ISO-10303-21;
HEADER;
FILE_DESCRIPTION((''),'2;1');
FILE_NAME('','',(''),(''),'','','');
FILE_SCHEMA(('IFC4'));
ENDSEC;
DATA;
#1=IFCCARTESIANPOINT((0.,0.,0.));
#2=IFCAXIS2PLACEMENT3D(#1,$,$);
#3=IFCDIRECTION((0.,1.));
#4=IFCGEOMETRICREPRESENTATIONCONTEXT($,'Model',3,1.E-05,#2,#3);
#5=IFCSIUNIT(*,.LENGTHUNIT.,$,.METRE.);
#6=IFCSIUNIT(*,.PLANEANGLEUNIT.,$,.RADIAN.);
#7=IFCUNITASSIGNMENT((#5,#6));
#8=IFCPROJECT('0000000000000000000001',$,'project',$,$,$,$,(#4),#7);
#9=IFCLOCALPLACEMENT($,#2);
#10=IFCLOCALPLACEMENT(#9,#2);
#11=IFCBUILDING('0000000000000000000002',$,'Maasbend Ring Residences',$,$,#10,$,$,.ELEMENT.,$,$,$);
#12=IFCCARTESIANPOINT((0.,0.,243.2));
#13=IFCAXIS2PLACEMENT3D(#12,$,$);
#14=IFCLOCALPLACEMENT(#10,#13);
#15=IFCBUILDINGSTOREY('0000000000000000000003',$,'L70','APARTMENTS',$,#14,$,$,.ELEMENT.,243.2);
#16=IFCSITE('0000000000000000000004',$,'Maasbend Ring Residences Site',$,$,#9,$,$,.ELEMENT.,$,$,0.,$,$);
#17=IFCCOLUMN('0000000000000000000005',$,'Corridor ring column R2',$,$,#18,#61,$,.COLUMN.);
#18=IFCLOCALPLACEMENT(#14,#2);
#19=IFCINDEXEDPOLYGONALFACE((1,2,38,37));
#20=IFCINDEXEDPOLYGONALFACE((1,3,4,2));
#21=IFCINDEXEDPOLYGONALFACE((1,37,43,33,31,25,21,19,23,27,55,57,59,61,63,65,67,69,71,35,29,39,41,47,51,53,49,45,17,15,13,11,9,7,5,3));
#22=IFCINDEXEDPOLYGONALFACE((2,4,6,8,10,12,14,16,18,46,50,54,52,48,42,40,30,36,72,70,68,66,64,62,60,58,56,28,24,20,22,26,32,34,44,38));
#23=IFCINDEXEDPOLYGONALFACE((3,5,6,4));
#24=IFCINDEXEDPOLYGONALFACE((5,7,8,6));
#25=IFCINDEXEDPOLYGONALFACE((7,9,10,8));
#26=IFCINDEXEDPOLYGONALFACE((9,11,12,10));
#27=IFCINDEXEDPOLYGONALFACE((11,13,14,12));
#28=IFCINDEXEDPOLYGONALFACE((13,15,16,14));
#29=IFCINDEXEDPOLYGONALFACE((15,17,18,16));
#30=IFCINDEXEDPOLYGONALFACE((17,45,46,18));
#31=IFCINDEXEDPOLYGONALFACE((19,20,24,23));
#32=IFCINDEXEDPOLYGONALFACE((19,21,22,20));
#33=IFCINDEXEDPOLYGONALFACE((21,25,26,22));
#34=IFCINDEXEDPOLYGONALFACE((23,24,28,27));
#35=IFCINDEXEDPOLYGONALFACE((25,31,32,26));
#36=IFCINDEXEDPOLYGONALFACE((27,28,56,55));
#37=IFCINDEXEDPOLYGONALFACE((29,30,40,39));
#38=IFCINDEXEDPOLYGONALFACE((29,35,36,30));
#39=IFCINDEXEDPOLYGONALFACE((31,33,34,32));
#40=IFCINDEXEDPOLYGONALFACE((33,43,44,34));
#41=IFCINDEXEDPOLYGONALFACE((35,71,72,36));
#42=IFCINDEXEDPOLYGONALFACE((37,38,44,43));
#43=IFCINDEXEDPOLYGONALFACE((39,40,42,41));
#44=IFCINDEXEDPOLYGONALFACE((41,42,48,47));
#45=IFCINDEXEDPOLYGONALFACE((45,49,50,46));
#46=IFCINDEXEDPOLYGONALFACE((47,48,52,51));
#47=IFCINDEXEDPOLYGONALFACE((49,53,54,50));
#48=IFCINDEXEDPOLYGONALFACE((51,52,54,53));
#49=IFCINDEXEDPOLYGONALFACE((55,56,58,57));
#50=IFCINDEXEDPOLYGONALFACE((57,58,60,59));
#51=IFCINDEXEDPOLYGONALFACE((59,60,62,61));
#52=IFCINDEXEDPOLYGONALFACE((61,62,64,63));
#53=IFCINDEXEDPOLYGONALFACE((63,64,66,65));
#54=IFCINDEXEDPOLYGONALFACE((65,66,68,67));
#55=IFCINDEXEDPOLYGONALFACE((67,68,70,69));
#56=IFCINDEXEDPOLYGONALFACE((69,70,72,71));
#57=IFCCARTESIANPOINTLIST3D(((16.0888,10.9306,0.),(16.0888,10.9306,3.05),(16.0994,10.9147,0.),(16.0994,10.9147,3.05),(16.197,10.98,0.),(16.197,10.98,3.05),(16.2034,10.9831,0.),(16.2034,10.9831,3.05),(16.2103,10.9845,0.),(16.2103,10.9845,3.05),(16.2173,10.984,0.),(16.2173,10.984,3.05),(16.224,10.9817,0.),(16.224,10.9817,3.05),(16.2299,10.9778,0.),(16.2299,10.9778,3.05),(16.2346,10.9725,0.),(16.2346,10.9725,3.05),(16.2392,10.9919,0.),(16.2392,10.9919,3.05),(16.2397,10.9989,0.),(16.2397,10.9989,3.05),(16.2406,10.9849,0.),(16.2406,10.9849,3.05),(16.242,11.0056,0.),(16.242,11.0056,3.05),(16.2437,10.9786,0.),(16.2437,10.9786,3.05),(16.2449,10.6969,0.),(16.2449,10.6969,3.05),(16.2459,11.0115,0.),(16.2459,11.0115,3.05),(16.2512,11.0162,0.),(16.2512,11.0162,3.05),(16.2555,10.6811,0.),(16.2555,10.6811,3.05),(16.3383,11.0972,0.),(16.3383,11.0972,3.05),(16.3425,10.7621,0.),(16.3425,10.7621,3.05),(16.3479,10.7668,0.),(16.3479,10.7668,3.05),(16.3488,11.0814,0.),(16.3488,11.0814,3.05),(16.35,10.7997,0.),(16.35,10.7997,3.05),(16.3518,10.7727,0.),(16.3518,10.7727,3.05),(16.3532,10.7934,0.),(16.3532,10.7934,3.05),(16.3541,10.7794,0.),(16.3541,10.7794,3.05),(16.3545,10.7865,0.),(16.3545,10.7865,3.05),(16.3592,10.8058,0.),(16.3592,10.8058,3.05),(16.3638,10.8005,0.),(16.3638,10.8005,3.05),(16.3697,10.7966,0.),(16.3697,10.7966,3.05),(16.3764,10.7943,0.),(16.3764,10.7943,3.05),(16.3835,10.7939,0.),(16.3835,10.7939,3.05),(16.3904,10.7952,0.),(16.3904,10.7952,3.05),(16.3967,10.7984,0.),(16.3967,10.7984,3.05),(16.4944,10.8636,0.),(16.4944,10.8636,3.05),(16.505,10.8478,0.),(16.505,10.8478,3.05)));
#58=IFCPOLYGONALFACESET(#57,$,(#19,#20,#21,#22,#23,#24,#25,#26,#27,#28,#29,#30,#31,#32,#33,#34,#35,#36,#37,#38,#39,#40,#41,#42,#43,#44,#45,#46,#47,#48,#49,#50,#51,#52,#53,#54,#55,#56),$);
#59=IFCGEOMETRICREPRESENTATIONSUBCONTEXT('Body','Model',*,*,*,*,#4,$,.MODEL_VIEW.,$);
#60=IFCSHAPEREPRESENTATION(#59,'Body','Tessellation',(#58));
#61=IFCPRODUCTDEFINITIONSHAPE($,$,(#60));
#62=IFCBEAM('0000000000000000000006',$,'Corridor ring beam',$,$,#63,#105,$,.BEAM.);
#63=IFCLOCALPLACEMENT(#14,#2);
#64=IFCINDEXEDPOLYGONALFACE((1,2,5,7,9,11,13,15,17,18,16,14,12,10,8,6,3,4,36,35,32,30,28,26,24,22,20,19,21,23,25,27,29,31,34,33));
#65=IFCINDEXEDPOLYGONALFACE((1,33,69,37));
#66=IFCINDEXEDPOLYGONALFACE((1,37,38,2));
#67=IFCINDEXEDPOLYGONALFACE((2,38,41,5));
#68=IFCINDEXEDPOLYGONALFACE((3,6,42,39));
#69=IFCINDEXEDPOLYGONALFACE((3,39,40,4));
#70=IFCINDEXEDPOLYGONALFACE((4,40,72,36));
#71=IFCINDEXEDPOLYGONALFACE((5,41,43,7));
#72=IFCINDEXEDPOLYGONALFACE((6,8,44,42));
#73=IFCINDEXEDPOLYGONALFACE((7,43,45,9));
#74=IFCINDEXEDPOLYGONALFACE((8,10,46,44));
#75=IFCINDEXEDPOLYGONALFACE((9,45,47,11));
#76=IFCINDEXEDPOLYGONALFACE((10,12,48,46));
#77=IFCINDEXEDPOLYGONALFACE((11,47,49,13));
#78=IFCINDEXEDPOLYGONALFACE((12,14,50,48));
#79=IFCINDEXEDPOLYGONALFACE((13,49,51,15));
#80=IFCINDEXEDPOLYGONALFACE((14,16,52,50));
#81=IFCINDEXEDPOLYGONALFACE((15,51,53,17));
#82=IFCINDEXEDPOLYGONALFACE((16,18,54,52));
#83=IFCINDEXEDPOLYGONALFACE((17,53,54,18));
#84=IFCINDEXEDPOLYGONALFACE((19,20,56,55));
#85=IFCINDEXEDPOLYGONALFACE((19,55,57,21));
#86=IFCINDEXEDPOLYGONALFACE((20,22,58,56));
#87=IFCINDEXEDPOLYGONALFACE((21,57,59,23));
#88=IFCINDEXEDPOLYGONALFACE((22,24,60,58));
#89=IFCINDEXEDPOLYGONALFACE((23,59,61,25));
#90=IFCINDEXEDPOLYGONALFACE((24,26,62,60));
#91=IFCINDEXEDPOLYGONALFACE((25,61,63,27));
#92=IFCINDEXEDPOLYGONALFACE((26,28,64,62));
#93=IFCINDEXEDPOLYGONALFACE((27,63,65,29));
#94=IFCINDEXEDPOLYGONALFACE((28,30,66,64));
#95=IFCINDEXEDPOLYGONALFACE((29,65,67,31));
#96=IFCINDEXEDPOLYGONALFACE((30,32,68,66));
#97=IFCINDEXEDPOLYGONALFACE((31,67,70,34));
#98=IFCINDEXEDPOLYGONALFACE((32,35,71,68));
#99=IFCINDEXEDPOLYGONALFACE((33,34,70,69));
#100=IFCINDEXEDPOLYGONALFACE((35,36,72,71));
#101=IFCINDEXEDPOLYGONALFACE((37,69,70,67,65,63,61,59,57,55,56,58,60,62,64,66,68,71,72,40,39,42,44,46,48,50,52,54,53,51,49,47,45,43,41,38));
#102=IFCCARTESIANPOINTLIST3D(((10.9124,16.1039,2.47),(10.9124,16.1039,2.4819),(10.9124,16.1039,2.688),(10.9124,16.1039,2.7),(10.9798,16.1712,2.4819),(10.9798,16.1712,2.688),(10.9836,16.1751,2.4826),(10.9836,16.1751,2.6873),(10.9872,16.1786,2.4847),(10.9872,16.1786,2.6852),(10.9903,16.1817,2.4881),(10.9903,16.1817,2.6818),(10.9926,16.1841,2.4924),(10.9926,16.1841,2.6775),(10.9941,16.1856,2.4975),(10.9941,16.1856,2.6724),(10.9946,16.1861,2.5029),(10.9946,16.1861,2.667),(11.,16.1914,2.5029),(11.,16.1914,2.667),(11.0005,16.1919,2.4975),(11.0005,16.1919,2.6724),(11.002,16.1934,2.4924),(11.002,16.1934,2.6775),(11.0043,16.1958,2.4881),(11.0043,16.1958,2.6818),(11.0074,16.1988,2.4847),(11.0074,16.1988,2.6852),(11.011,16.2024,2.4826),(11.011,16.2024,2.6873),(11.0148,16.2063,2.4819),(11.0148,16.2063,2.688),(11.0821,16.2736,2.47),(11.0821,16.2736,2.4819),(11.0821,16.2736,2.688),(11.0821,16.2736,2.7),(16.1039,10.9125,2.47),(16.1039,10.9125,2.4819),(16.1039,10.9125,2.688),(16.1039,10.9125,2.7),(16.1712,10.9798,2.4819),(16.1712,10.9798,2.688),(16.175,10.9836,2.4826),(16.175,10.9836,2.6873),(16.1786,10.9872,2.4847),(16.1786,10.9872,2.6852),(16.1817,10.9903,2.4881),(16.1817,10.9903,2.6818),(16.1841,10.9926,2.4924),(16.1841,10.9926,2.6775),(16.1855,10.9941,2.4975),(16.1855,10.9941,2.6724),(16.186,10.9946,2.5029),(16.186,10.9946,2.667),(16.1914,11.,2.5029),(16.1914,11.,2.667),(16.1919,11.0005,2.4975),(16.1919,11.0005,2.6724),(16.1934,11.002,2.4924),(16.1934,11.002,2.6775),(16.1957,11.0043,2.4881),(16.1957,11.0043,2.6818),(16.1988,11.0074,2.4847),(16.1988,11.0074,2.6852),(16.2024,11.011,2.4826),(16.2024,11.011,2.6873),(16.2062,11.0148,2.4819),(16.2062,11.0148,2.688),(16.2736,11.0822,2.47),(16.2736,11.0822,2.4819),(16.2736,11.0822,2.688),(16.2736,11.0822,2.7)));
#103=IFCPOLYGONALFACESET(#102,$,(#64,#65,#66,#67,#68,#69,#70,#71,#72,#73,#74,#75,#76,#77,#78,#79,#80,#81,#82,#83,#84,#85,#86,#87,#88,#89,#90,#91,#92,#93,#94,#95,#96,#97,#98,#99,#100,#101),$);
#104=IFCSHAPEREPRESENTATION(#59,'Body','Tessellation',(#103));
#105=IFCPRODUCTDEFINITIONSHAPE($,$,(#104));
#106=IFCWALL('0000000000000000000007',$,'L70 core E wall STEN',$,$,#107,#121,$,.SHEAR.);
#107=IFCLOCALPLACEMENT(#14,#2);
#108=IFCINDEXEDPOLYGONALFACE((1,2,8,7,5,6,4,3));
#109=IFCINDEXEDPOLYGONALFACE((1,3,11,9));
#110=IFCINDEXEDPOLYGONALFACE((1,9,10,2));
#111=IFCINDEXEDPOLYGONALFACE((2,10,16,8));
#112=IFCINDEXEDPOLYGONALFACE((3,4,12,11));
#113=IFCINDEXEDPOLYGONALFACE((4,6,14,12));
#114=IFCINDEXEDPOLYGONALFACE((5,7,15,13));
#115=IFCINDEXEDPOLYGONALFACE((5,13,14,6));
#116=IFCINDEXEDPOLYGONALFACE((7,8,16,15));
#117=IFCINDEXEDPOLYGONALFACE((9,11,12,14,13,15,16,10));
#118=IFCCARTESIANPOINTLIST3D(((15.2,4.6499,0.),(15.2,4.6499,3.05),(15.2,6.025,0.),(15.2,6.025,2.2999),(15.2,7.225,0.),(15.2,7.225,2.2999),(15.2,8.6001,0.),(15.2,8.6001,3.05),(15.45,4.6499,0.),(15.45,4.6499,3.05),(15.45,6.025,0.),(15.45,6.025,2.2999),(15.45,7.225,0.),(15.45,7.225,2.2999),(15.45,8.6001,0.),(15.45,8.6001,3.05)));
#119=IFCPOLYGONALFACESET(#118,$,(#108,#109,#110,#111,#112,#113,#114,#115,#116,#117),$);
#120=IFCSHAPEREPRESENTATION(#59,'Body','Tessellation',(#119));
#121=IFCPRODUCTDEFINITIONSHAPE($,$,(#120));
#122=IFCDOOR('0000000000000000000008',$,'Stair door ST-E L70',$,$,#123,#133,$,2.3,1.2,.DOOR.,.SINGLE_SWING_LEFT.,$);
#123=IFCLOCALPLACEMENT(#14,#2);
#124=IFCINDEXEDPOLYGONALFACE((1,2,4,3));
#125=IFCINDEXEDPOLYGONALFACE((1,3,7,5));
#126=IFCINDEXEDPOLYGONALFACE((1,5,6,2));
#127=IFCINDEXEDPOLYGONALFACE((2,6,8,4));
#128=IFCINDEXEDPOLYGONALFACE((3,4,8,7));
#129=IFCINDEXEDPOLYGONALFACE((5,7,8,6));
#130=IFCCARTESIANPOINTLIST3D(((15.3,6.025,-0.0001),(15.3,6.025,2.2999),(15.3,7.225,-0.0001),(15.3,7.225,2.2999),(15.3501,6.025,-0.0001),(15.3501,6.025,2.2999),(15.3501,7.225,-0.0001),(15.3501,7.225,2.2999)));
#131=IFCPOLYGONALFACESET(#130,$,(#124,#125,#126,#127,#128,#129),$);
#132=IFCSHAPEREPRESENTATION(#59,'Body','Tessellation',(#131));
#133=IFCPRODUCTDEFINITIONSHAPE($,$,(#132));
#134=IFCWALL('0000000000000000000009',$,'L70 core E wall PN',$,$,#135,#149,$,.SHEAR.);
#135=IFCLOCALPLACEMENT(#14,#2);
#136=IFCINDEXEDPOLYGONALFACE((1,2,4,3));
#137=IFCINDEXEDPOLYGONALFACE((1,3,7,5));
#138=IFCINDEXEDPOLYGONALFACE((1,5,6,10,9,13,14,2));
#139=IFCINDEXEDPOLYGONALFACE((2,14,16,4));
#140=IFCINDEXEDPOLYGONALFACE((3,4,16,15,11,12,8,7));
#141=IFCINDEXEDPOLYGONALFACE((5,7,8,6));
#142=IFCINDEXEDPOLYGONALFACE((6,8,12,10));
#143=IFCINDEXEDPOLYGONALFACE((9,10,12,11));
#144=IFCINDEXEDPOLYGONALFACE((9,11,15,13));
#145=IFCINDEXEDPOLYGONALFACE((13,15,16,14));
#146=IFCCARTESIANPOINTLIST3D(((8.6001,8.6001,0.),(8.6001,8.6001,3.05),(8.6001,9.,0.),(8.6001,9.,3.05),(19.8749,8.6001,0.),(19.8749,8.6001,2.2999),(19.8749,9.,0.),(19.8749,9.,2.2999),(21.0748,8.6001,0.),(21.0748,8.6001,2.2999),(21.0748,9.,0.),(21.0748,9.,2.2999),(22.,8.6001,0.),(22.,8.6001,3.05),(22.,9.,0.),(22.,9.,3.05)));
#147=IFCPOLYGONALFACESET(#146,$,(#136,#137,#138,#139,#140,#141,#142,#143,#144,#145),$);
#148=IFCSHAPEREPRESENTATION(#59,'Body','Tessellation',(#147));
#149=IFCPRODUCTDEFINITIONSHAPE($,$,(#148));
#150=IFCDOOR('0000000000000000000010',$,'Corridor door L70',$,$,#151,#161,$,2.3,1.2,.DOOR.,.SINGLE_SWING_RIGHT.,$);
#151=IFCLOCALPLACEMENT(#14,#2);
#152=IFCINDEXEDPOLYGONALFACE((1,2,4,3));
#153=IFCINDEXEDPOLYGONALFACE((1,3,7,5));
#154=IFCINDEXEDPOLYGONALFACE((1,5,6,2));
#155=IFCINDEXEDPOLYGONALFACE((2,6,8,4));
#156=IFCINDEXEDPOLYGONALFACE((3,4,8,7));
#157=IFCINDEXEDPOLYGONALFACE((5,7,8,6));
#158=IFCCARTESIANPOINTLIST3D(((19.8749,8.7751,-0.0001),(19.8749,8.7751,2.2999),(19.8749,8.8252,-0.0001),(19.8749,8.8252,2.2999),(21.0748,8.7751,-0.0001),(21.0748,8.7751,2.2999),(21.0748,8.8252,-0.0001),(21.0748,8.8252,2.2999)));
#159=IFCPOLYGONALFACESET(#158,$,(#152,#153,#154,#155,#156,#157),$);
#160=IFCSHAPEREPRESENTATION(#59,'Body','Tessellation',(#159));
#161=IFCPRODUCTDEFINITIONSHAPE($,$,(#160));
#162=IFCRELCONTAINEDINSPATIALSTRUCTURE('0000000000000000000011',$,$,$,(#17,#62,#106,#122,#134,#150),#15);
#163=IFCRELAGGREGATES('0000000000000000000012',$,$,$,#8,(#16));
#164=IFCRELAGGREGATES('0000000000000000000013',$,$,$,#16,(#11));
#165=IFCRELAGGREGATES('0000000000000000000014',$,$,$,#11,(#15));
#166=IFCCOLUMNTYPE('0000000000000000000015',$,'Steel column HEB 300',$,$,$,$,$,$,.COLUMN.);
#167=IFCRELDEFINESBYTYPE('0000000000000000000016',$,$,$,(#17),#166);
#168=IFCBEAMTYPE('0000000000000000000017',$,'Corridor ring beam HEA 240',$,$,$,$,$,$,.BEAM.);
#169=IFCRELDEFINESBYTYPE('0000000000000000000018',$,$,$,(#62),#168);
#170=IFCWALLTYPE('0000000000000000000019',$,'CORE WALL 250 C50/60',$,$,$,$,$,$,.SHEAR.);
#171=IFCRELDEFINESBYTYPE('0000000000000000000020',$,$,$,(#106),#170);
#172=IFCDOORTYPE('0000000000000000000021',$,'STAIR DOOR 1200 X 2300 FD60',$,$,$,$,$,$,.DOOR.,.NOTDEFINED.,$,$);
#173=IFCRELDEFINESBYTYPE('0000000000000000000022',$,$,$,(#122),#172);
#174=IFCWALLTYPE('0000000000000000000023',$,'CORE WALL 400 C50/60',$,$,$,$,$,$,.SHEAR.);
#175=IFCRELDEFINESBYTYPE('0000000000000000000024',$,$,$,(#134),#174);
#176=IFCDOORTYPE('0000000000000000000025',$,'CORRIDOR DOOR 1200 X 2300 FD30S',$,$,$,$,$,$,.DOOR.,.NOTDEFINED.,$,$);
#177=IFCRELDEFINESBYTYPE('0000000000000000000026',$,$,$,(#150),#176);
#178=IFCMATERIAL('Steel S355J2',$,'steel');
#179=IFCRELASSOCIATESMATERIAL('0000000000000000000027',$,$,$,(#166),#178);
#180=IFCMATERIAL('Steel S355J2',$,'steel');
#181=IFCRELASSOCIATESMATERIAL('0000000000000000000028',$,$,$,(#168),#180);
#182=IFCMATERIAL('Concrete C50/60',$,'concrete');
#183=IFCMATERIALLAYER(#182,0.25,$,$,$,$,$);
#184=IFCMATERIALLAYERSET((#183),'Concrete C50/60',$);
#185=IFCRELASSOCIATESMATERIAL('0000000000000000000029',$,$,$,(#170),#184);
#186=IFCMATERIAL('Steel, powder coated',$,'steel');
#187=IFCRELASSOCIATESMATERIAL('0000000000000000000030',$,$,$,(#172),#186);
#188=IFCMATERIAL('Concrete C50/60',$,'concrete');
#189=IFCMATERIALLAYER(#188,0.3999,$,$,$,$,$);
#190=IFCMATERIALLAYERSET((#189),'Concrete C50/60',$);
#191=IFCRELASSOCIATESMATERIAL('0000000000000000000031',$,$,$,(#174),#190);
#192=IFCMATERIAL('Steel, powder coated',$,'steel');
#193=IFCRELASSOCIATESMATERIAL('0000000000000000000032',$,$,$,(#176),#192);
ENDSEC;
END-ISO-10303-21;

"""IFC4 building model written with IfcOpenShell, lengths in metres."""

from ifc_helpers import new_model, si_unit, direction, frame, frame_2d, origin, origin_2d, place, context, subcontext, project, spatial, rectangle, i_section, extrude, material, layer, layer_set, material_profile, profile_set, type_object, element, fill, save


model = new_model("IFC4")

# Units and contexts
model_context = context("Model", 3, precision=1e-05, world=origin(), true_north=direction((0.0, 1.0)))
body_context = subcontext(model_context, "Body", "Model", "MODEL_VIEW")
ifc_project = project(units=[si_unit("LENGTHUNIT", "METRE"), si_unit("PLANEANGLEUNIT", "RADIAN")], contexts=[model_context])

# Site, building, storey
site_placement = place(None, origin())
site = spatial("IfcSite", under=ifc_project, at=site_placement, Name="Maasbend Ring Residences Site", CompositionType="ELEMENT", RefElevation=0.0)
building_placement = place(site_placement, origin())
building = spatial("IfcBuilding", under=site, at=building_placement, Name="Maasbend Ring Residences", CompositionType="ELEMENT")
storey_placement = place(building_placement, frame((0.0, 0.0, 243.2)))
storey = spatial("IfcBuildingStorey", under=building, at=storey_placement, Name="L70", Description="APARTMENTS", CompositionType="ELEMENT", Elevation=243.2)

# Column
ifc_material_1 = material(Name="Steel S355J2", Category="steel")
ifc_material_profile_1 = material_profile(ifc_material_1, i_section(OverallWidth=0.3, OverallDepth=0.3, WebThickness=0.011, FlangeThickness=0.019, FilletRadius=0.0271, at=origin_2d()), Name="HEB 300")
ifc_profile_set_1 = profile_set([ifc_material_profile_1], Name="Steel S355J2")
column_type = type_object("IfcColumnType", Name="Steel column HEB 300", PredefinedType="COLUMN", material=ifc_profile_set_1)
column_placement = place(storey_placement, frame((16.2969, 10.8892, 0.0), z_axis=(0.0, 0.0, 1.0), x_axis=(0.83147, 0.55557, 0.0)))
element("IfcColumn", 1, at=column_placement, inside=storey, type_object=column_type, Name="Corridor ring column R2", PredefinedType="COLUMN", context=body_context, shape_type="SweptSolid", body=[
    extrude(i_section(OverallWidth=0.3, OverallDepth=0.3, WebThickness=0.011, FlangeThickness=0.019, FilletRadius=0.0271, at=origin_2d()), origin(), (0.0, 0.0, 1.0), 3.05),
])

# Beam
ifc_material_2 = material(Name="Steel S355J2", Category="steel")
ifc_material_profile_2 = material_profile(ifc_material_2, i_section(OverallWidth=0.24, OverallDepth=0.23, WebThickness=0.0076, FlangeThickness=0.012, FilletRadius=0.021, at=origin_2d()), Name="HEA 240")
ifc_profile_set_2 = profile_set([ifc_material_profile_2], Name="Steel S355J2")
beam_type = type_object("IfcBeamType", Name="Corridor ring beam HEA 240", PredefinedType="BEAM", material=ifc_profile_set_2)
beam_placement = place(storey_placement, frame((16.1887, 10.9973, 2.585), z_axis=(-0.707107, 0.707107, 0.0), x_axis=(-0.707107, -0.707107, 0.0)))
element("IfcBeam", 2, at=beam_placement, inside=storey, type_object=beam_type, Name="Corridor ring beam", PredefinedType="BEAM", context=body_context, shape_type="SweptSolid", body=[
    extrude(i_section(OverallWidth=0.24, OverallDepth=0.23, WebThickness=0.0076, FlangeThickness=0.012, FilletRadius=0.021, at=origin_2d()), origin(), (0.0, 0.0, 1.0), 7.3418),
])

# Walls, openings, doors
ifc_material_3 = material(Name="Concrete C50/60", Category="concrete")
ifc_layer_1 = layer(ifc_material_3, 0.25)
ifc_layer_set_1 = layer_set([ifc_layer_1], Name="Concrete C50/60")
wall_type_1 = type_object("IfcWallType", Name="CORE WALL 250 C50/60", PredefinedType="SHEAR", material=ifc_layer_set_1)
wall_1_placement = place(storey_placement, frame((15.325, 4.6499, 0.0), z_axis=(0.0, 0.0, 1.0), x_axis=(0.0, 1.0, 0.0)))
wall_1 = element("IfcWall", 3, at=wall_1_placement, inside=storey, type_object=wall_type_1, Name="L70 core E wall STEN", PredefinedType="SHEAR", context=body_context, shape_type="SweptSolid", body=[
    extrude(rectangle(XDim=3.9502, YDim=0.25, at=frame_2d((1.9751, 0.0))), origin(), (0.0, 0.0, 1.0), 3.05),
])
opening_1_placement = place(wall_1_placement, frame((1.375, 0.0, 0.0)))
opening_1 = element("IfcOpeningElement", 4, at=opening_1_placement, cuts=wall_1, PredefinedType="OPENING", context=body_context, shape_type="SweptSolid", body=[
    extrude(rectangle(XDim=1.2, YDim=2.3, at=frame_2d((0.6001, 1.1499))), frame((0.0, 0.135, 0.0), z_axis=(0.0, -1.0, 0.0), x_axis=(1.0, 0.0, 0.0)), (0.0, 0.0, 1.0), 0.27),
])
ifc_material_4 = material(Name="Steel, powder coated", Category="steel")
door_type_1 = type_object("IfcDoorType", Name="STAIR DOOR 1200 X 2300 FD60", OperationType="NOTDEFINED", PredefinedType="DOOR", material=ifc_material_4)
door_1_placement = place(opening_1_placement, origin())
door_1 = element("IfcDoor", 5, at=door_1_placement, inside=storey, type_object=door_type_1, Name="Stair door ST-E L70", OperationType="SINGLE_SWING_LEFT", OverallHeight=2.3, OverallWidth=1.2, PredefinedType="DOOR", context=body_context, shape_type="SweptSolid", body=[
    extrude(rectangle(XDim=1.2, YDim=2.3, at=frame_2d((0.6001, 1.1499))), frame((0.0, 0.0249, 0.0), z_axis=(0.0, -1.0, 0.0), x_axis=(1.0, 0.0, 0.0)), (0.0, 0.0, 1.0), 0.05),
])
fill(opening_1, door_1)
ifc_material_5 = material(Name="Concrete C50/60", Category="concrete")
ifc_layer_2 = layer(ifc_material_5, 0.3999)
ifc_layer_set_2 = layer_set([ifc_layer_2], Name="Concrete C50/60")
wall_type_2 = type_object("IfcWallType", Name="CORE WALL 400 C50/60", PredefinedType="SHEAR", material=ifc_layer_set_2)
wall_2_placement = place(storey_placement, frame((22.0, 8.8, 0.0), z_axis=(0.0, 0.0, 1.0), x_axis=(-1.0, 0.0, 0.0)))
wall_2 = element("IfcWall", 6, at=wall_2_placement, inside=storey, type_object=wall_type_2, Name="L70 core E wall PN", PredefinedType="SHEAR", context=body_context, shape_type="SweptSolid", body=[
    extrude(rectangle(XDim=13.3999, YDim=0.3999, at=frame_2d((6.7, 0.0))), origin(), (0.0, 0.0, 1.0), 3.05),
])
opening_2_placement = place(wall_2_placement, frame((0.925, 0.0, 0.0)))
opening_2 = element("IfcOpeningElement", 7, at=opening_2_placement, cuts=wall_2, PredefinedType="OPENING", context=body_context, shape_type="SweptSolid", body=[
    extrude(rectangle(XDim=1.2, YDim=2.3, at=frame_2d((0.6001, 1.1499))), frame((0.0, 0.21, 0.0), z_axis=(0.0, -1.0, 0.0), x_axis=(1.0, 0.0, 0.0)), (0.0, 0.0, 1.0), 0.4199),
])
ifc_material_6 = material(Name="Steel, powder coated", Category="steel")
door_type_2 = type_object("IfcDoorType", Name="CORRIDOR DOOR 1200 X 2300 FD30S", OperationType="NOTDEFINED", PredefinedType="DOOR", material=ifc_material_6)
door_2_placement = place(opening_2_placement, origin())
door_2 = element("IfcDoor", 8, at=door_2_placement, inside=storey, type_object=door_type_2, Name="Corridor door L70", OperationType="SINGLE_SWING_RIGHT", OverallHeight=2.3, OverallWidth=1.2, PredefinedType="DOOR", context=body_context, shape_type="SweptSolid", body=[
    extrude(rectangle(XDim=1.2, YDim=2.3, at=frame_2d((0.6001, 1.1499))), frame((0.0, 0.0249, 0.0), z_axis=(0.0, -1.0, 0.0), x_axis=(1.0, 0.0, 0.0)), (0.0, 0.0, 1.0), 0.05),
])
fill(opening_2, door_2)

save(model, "model.ifc")
